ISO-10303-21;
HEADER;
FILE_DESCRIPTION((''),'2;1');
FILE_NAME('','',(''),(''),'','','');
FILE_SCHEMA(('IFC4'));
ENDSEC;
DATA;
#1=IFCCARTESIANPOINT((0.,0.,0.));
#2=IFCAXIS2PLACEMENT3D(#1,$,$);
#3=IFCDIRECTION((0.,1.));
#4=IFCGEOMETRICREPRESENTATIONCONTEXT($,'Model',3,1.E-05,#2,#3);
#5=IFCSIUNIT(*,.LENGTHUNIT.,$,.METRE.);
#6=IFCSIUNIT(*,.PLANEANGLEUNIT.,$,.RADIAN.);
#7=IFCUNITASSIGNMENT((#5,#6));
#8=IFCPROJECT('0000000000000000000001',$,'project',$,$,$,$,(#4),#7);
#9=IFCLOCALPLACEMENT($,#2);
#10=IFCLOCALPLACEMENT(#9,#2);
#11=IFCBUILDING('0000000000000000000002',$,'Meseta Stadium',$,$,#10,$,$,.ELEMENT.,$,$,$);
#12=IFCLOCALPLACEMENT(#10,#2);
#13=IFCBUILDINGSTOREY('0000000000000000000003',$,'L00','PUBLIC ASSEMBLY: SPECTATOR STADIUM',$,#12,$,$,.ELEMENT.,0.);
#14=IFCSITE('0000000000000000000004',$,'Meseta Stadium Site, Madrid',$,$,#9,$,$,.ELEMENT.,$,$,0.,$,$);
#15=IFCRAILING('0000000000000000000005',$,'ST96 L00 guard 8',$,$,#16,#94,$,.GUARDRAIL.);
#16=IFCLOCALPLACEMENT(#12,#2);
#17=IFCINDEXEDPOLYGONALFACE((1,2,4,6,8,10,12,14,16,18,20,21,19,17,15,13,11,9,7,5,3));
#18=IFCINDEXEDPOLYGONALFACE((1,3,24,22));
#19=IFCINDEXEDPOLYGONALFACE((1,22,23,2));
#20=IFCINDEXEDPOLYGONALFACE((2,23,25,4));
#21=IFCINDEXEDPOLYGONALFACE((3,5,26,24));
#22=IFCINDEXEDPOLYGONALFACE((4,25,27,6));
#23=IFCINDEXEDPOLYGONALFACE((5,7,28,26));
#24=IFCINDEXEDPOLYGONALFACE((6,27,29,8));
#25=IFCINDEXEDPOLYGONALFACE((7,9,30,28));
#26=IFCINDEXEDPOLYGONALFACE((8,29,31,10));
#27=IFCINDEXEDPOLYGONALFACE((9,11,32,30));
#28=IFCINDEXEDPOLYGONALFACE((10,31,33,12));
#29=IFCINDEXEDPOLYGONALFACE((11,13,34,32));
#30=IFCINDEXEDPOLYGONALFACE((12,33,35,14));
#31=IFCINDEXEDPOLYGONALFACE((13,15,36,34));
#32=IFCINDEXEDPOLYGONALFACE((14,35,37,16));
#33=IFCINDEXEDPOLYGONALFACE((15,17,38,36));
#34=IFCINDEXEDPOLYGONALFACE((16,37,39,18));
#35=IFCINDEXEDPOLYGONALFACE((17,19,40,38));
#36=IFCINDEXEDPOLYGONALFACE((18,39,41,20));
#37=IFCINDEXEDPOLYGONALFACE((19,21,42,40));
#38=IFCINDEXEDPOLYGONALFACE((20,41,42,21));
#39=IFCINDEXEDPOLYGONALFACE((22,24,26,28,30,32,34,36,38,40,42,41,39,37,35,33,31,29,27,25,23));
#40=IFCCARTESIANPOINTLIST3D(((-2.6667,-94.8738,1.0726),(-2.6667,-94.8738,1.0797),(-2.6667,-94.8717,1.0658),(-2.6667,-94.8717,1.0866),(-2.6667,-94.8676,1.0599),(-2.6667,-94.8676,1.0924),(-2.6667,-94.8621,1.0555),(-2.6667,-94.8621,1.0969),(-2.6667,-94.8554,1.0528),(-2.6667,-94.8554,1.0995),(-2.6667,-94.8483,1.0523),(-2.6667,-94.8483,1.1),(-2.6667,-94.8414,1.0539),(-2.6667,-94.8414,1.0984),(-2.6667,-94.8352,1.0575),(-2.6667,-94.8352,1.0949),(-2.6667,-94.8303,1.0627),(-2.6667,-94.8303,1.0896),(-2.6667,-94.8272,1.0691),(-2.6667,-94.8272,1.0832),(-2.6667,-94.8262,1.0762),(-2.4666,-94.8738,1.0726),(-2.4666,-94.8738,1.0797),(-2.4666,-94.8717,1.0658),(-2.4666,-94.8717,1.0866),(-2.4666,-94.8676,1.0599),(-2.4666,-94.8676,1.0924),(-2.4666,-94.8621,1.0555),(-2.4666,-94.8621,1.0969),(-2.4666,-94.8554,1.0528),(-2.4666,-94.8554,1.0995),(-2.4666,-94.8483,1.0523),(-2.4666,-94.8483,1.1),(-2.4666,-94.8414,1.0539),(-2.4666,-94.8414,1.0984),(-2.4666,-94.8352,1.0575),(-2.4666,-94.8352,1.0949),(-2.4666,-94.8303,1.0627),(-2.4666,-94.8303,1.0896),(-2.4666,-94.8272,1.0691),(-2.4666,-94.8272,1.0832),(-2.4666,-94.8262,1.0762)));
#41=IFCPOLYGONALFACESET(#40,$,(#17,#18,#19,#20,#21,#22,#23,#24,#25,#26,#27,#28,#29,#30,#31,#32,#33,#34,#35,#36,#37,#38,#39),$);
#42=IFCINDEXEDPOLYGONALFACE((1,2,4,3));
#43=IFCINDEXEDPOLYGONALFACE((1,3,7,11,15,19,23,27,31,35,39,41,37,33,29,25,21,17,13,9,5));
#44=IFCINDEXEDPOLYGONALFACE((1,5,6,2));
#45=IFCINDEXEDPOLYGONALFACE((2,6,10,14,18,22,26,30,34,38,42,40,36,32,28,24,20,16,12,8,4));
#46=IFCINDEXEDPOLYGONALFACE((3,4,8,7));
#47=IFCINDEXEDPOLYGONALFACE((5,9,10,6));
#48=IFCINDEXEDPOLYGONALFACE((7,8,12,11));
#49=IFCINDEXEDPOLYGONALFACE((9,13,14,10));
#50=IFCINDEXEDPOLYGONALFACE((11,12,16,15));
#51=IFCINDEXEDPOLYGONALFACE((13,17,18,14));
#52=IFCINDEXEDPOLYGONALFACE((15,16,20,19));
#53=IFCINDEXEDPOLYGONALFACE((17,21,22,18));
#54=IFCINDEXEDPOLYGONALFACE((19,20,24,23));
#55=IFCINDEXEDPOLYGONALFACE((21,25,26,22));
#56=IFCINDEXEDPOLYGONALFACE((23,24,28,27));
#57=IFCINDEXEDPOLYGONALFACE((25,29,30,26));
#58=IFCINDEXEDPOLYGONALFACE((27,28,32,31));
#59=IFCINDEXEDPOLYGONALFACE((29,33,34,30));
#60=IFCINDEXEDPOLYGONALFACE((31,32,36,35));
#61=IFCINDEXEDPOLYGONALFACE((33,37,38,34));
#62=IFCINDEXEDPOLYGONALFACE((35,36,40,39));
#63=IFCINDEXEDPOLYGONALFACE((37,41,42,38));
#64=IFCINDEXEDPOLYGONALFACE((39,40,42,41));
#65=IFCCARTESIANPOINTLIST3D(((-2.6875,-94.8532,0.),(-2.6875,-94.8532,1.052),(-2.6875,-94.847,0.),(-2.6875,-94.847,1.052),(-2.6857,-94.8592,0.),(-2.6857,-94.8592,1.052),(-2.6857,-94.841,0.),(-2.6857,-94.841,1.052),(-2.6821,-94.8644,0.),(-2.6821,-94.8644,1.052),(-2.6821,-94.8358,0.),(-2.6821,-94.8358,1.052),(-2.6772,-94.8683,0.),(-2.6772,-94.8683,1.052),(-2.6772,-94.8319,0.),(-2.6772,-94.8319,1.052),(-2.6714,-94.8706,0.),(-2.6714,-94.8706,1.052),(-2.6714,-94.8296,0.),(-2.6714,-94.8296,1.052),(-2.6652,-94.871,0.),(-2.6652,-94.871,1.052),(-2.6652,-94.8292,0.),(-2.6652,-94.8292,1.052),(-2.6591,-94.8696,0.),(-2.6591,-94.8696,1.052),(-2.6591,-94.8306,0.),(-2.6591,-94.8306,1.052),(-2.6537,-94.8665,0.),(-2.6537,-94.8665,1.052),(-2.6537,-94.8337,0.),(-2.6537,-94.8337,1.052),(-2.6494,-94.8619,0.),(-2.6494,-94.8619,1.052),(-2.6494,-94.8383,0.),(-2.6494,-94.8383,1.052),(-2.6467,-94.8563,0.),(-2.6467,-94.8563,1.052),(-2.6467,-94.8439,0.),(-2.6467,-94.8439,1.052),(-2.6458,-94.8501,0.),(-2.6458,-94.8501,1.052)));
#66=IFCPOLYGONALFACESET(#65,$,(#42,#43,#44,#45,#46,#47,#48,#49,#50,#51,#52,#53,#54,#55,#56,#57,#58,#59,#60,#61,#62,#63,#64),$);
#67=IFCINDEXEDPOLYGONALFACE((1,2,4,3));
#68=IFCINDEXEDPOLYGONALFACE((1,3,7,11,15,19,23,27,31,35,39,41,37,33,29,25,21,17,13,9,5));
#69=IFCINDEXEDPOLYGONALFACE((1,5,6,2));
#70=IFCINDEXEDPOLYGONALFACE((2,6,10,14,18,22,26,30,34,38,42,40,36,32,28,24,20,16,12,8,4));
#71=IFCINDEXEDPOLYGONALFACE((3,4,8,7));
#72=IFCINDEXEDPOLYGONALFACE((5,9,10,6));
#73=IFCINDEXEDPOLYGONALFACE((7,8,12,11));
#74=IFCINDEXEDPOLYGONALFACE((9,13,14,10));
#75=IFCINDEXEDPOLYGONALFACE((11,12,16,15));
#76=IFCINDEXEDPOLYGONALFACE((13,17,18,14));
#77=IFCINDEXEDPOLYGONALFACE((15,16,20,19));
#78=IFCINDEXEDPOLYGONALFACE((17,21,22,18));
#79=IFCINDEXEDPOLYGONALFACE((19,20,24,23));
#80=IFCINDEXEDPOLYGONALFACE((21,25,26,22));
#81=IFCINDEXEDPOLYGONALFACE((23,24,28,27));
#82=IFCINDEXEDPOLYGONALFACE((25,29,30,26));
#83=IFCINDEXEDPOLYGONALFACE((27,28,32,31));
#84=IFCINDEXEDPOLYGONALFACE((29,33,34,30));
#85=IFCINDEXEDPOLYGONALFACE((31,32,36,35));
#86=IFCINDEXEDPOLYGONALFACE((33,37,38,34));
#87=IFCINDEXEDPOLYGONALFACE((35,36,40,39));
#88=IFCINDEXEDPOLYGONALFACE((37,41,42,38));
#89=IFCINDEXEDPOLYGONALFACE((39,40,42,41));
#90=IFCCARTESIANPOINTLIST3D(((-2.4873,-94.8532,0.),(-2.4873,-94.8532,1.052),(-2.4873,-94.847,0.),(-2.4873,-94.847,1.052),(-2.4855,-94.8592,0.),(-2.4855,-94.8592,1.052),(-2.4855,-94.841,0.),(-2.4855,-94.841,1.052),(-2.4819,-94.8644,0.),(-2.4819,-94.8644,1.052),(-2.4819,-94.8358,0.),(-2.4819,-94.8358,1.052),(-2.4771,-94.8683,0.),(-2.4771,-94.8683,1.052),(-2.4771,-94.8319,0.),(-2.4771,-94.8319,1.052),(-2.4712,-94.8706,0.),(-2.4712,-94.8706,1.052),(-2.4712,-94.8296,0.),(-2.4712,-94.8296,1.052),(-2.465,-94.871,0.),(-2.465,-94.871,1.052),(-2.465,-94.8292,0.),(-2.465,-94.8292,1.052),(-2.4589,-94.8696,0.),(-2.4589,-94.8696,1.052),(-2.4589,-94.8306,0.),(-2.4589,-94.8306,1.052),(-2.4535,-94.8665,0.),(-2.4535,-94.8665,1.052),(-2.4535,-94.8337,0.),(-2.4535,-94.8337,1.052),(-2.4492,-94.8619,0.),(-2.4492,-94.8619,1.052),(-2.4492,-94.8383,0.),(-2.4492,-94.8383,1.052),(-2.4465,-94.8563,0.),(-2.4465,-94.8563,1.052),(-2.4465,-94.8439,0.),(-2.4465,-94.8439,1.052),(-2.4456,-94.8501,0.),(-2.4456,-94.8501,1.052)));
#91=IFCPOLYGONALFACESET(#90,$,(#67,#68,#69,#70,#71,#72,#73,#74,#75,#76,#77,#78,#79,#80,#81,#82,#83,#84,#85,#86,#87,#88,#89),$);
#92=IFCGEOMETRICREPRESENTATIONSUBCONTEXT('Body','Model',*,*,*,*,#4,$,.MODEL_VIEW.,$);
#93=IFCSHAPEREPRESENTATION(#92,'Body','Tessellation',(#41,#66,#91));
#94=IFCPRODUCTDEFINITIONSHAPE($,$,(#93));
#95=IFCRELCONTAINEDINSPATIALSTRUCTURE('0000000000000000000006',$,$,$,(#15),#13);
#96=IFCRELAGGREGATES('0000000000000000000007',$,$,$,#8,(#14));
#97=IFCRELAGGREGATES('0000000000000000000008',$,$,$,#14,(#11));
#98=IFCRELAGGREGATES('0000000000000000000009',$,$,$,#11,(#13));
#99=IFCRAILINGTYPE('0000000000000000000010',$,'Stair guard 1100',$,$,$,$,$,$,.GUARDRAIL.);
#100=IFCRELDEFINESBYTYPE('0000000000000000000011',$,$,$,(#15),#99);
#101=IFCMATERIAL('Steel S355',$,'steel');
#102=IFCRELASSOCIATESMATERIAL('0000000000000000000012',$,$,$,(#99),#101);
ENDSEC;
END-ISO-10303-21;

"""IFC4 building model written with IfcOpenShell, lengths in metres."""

from ifc_helpers import new_model, si_unit, direction, frame, origin, origin_2d, place, context, subcontext, project, spatial, circle, extrude, material, type_object, element, save


model = new_model("IFC4")

# Units and contexts
model_context = context("Model", 3, precision=1e-05, world=origin(), true_north=direction((0.0, 1.0)))
body_context = subcontext(model_context, "Body", "Model", "MODEL_VIEW")
ifc_project = project(units=[si_unit("LENGTHUNIT", "METRE"), si_unit("PLANEANGLEUNIT", "RADIAN")], contexts=[model_context])

# Site, building, storey
site_placement = place(None, origin())
site = spatial("IfcSite", under=ifc_project, at=site_placement, Name="Meseta Stadium Site, Madrid", CompositionType="ELEMENT", RefElevation=0.0)
building_placement = place(site_placement, origin())
building = spatial("IfcBuilding", under=site, at=building_placement, Name="Meseta Stadium", CompositionType="ELEMENT")
storey_placement = place(building_placement, origin())
storey = spatial("IfcBuildingStorey", under=building, at=storey_placement, Name="L00", Description="PUBLIC ASSEMBLY: SPECTATOR STADIUM", CompositionType="ELEMENT", Elevation=0.0)

# Railing
ifc_material_1 = material(Name="Steel S355", Category="steel")
railing_type_1 = type_object("IfcRailingType", Name="Stair guard 1100", PredefinedType="GUARDRAIL", material=ifc_material_1)
railing_1_placement = place(storey_placement, frame((-2.6667, -94.8501, 0.0)))
element("IfcRailing", 1, at=railing_1_placement, inside=storey, type_object=railing_type_1, Name="ST96 L00 guard 8", PredefinedType="GUARDRAIL", context=body_context, shape_type="SweptSolid", body=[
    extrude(circle(Radius=0.0239, at=origin_2d()), frame((0.0, 0.0, 1.0762), z_axis=(1.0, 0.0, 0.0), x_axis=(0.0, 1.0, 0.0)), (0.0, 0.0, 1.0), 0.2002),
    extrude(circle(Radius=0.021, at=origin_2d()), origin(), (0.0, 0.0, 1.0), 1.052),
    extrude(circle(Radius=0.021, at=origin_2d()), frame((0.2002, 0.0, 0.0)), (0.0, 0.0, 1.0), 1.052),
])

save(model, "model.ifc")
